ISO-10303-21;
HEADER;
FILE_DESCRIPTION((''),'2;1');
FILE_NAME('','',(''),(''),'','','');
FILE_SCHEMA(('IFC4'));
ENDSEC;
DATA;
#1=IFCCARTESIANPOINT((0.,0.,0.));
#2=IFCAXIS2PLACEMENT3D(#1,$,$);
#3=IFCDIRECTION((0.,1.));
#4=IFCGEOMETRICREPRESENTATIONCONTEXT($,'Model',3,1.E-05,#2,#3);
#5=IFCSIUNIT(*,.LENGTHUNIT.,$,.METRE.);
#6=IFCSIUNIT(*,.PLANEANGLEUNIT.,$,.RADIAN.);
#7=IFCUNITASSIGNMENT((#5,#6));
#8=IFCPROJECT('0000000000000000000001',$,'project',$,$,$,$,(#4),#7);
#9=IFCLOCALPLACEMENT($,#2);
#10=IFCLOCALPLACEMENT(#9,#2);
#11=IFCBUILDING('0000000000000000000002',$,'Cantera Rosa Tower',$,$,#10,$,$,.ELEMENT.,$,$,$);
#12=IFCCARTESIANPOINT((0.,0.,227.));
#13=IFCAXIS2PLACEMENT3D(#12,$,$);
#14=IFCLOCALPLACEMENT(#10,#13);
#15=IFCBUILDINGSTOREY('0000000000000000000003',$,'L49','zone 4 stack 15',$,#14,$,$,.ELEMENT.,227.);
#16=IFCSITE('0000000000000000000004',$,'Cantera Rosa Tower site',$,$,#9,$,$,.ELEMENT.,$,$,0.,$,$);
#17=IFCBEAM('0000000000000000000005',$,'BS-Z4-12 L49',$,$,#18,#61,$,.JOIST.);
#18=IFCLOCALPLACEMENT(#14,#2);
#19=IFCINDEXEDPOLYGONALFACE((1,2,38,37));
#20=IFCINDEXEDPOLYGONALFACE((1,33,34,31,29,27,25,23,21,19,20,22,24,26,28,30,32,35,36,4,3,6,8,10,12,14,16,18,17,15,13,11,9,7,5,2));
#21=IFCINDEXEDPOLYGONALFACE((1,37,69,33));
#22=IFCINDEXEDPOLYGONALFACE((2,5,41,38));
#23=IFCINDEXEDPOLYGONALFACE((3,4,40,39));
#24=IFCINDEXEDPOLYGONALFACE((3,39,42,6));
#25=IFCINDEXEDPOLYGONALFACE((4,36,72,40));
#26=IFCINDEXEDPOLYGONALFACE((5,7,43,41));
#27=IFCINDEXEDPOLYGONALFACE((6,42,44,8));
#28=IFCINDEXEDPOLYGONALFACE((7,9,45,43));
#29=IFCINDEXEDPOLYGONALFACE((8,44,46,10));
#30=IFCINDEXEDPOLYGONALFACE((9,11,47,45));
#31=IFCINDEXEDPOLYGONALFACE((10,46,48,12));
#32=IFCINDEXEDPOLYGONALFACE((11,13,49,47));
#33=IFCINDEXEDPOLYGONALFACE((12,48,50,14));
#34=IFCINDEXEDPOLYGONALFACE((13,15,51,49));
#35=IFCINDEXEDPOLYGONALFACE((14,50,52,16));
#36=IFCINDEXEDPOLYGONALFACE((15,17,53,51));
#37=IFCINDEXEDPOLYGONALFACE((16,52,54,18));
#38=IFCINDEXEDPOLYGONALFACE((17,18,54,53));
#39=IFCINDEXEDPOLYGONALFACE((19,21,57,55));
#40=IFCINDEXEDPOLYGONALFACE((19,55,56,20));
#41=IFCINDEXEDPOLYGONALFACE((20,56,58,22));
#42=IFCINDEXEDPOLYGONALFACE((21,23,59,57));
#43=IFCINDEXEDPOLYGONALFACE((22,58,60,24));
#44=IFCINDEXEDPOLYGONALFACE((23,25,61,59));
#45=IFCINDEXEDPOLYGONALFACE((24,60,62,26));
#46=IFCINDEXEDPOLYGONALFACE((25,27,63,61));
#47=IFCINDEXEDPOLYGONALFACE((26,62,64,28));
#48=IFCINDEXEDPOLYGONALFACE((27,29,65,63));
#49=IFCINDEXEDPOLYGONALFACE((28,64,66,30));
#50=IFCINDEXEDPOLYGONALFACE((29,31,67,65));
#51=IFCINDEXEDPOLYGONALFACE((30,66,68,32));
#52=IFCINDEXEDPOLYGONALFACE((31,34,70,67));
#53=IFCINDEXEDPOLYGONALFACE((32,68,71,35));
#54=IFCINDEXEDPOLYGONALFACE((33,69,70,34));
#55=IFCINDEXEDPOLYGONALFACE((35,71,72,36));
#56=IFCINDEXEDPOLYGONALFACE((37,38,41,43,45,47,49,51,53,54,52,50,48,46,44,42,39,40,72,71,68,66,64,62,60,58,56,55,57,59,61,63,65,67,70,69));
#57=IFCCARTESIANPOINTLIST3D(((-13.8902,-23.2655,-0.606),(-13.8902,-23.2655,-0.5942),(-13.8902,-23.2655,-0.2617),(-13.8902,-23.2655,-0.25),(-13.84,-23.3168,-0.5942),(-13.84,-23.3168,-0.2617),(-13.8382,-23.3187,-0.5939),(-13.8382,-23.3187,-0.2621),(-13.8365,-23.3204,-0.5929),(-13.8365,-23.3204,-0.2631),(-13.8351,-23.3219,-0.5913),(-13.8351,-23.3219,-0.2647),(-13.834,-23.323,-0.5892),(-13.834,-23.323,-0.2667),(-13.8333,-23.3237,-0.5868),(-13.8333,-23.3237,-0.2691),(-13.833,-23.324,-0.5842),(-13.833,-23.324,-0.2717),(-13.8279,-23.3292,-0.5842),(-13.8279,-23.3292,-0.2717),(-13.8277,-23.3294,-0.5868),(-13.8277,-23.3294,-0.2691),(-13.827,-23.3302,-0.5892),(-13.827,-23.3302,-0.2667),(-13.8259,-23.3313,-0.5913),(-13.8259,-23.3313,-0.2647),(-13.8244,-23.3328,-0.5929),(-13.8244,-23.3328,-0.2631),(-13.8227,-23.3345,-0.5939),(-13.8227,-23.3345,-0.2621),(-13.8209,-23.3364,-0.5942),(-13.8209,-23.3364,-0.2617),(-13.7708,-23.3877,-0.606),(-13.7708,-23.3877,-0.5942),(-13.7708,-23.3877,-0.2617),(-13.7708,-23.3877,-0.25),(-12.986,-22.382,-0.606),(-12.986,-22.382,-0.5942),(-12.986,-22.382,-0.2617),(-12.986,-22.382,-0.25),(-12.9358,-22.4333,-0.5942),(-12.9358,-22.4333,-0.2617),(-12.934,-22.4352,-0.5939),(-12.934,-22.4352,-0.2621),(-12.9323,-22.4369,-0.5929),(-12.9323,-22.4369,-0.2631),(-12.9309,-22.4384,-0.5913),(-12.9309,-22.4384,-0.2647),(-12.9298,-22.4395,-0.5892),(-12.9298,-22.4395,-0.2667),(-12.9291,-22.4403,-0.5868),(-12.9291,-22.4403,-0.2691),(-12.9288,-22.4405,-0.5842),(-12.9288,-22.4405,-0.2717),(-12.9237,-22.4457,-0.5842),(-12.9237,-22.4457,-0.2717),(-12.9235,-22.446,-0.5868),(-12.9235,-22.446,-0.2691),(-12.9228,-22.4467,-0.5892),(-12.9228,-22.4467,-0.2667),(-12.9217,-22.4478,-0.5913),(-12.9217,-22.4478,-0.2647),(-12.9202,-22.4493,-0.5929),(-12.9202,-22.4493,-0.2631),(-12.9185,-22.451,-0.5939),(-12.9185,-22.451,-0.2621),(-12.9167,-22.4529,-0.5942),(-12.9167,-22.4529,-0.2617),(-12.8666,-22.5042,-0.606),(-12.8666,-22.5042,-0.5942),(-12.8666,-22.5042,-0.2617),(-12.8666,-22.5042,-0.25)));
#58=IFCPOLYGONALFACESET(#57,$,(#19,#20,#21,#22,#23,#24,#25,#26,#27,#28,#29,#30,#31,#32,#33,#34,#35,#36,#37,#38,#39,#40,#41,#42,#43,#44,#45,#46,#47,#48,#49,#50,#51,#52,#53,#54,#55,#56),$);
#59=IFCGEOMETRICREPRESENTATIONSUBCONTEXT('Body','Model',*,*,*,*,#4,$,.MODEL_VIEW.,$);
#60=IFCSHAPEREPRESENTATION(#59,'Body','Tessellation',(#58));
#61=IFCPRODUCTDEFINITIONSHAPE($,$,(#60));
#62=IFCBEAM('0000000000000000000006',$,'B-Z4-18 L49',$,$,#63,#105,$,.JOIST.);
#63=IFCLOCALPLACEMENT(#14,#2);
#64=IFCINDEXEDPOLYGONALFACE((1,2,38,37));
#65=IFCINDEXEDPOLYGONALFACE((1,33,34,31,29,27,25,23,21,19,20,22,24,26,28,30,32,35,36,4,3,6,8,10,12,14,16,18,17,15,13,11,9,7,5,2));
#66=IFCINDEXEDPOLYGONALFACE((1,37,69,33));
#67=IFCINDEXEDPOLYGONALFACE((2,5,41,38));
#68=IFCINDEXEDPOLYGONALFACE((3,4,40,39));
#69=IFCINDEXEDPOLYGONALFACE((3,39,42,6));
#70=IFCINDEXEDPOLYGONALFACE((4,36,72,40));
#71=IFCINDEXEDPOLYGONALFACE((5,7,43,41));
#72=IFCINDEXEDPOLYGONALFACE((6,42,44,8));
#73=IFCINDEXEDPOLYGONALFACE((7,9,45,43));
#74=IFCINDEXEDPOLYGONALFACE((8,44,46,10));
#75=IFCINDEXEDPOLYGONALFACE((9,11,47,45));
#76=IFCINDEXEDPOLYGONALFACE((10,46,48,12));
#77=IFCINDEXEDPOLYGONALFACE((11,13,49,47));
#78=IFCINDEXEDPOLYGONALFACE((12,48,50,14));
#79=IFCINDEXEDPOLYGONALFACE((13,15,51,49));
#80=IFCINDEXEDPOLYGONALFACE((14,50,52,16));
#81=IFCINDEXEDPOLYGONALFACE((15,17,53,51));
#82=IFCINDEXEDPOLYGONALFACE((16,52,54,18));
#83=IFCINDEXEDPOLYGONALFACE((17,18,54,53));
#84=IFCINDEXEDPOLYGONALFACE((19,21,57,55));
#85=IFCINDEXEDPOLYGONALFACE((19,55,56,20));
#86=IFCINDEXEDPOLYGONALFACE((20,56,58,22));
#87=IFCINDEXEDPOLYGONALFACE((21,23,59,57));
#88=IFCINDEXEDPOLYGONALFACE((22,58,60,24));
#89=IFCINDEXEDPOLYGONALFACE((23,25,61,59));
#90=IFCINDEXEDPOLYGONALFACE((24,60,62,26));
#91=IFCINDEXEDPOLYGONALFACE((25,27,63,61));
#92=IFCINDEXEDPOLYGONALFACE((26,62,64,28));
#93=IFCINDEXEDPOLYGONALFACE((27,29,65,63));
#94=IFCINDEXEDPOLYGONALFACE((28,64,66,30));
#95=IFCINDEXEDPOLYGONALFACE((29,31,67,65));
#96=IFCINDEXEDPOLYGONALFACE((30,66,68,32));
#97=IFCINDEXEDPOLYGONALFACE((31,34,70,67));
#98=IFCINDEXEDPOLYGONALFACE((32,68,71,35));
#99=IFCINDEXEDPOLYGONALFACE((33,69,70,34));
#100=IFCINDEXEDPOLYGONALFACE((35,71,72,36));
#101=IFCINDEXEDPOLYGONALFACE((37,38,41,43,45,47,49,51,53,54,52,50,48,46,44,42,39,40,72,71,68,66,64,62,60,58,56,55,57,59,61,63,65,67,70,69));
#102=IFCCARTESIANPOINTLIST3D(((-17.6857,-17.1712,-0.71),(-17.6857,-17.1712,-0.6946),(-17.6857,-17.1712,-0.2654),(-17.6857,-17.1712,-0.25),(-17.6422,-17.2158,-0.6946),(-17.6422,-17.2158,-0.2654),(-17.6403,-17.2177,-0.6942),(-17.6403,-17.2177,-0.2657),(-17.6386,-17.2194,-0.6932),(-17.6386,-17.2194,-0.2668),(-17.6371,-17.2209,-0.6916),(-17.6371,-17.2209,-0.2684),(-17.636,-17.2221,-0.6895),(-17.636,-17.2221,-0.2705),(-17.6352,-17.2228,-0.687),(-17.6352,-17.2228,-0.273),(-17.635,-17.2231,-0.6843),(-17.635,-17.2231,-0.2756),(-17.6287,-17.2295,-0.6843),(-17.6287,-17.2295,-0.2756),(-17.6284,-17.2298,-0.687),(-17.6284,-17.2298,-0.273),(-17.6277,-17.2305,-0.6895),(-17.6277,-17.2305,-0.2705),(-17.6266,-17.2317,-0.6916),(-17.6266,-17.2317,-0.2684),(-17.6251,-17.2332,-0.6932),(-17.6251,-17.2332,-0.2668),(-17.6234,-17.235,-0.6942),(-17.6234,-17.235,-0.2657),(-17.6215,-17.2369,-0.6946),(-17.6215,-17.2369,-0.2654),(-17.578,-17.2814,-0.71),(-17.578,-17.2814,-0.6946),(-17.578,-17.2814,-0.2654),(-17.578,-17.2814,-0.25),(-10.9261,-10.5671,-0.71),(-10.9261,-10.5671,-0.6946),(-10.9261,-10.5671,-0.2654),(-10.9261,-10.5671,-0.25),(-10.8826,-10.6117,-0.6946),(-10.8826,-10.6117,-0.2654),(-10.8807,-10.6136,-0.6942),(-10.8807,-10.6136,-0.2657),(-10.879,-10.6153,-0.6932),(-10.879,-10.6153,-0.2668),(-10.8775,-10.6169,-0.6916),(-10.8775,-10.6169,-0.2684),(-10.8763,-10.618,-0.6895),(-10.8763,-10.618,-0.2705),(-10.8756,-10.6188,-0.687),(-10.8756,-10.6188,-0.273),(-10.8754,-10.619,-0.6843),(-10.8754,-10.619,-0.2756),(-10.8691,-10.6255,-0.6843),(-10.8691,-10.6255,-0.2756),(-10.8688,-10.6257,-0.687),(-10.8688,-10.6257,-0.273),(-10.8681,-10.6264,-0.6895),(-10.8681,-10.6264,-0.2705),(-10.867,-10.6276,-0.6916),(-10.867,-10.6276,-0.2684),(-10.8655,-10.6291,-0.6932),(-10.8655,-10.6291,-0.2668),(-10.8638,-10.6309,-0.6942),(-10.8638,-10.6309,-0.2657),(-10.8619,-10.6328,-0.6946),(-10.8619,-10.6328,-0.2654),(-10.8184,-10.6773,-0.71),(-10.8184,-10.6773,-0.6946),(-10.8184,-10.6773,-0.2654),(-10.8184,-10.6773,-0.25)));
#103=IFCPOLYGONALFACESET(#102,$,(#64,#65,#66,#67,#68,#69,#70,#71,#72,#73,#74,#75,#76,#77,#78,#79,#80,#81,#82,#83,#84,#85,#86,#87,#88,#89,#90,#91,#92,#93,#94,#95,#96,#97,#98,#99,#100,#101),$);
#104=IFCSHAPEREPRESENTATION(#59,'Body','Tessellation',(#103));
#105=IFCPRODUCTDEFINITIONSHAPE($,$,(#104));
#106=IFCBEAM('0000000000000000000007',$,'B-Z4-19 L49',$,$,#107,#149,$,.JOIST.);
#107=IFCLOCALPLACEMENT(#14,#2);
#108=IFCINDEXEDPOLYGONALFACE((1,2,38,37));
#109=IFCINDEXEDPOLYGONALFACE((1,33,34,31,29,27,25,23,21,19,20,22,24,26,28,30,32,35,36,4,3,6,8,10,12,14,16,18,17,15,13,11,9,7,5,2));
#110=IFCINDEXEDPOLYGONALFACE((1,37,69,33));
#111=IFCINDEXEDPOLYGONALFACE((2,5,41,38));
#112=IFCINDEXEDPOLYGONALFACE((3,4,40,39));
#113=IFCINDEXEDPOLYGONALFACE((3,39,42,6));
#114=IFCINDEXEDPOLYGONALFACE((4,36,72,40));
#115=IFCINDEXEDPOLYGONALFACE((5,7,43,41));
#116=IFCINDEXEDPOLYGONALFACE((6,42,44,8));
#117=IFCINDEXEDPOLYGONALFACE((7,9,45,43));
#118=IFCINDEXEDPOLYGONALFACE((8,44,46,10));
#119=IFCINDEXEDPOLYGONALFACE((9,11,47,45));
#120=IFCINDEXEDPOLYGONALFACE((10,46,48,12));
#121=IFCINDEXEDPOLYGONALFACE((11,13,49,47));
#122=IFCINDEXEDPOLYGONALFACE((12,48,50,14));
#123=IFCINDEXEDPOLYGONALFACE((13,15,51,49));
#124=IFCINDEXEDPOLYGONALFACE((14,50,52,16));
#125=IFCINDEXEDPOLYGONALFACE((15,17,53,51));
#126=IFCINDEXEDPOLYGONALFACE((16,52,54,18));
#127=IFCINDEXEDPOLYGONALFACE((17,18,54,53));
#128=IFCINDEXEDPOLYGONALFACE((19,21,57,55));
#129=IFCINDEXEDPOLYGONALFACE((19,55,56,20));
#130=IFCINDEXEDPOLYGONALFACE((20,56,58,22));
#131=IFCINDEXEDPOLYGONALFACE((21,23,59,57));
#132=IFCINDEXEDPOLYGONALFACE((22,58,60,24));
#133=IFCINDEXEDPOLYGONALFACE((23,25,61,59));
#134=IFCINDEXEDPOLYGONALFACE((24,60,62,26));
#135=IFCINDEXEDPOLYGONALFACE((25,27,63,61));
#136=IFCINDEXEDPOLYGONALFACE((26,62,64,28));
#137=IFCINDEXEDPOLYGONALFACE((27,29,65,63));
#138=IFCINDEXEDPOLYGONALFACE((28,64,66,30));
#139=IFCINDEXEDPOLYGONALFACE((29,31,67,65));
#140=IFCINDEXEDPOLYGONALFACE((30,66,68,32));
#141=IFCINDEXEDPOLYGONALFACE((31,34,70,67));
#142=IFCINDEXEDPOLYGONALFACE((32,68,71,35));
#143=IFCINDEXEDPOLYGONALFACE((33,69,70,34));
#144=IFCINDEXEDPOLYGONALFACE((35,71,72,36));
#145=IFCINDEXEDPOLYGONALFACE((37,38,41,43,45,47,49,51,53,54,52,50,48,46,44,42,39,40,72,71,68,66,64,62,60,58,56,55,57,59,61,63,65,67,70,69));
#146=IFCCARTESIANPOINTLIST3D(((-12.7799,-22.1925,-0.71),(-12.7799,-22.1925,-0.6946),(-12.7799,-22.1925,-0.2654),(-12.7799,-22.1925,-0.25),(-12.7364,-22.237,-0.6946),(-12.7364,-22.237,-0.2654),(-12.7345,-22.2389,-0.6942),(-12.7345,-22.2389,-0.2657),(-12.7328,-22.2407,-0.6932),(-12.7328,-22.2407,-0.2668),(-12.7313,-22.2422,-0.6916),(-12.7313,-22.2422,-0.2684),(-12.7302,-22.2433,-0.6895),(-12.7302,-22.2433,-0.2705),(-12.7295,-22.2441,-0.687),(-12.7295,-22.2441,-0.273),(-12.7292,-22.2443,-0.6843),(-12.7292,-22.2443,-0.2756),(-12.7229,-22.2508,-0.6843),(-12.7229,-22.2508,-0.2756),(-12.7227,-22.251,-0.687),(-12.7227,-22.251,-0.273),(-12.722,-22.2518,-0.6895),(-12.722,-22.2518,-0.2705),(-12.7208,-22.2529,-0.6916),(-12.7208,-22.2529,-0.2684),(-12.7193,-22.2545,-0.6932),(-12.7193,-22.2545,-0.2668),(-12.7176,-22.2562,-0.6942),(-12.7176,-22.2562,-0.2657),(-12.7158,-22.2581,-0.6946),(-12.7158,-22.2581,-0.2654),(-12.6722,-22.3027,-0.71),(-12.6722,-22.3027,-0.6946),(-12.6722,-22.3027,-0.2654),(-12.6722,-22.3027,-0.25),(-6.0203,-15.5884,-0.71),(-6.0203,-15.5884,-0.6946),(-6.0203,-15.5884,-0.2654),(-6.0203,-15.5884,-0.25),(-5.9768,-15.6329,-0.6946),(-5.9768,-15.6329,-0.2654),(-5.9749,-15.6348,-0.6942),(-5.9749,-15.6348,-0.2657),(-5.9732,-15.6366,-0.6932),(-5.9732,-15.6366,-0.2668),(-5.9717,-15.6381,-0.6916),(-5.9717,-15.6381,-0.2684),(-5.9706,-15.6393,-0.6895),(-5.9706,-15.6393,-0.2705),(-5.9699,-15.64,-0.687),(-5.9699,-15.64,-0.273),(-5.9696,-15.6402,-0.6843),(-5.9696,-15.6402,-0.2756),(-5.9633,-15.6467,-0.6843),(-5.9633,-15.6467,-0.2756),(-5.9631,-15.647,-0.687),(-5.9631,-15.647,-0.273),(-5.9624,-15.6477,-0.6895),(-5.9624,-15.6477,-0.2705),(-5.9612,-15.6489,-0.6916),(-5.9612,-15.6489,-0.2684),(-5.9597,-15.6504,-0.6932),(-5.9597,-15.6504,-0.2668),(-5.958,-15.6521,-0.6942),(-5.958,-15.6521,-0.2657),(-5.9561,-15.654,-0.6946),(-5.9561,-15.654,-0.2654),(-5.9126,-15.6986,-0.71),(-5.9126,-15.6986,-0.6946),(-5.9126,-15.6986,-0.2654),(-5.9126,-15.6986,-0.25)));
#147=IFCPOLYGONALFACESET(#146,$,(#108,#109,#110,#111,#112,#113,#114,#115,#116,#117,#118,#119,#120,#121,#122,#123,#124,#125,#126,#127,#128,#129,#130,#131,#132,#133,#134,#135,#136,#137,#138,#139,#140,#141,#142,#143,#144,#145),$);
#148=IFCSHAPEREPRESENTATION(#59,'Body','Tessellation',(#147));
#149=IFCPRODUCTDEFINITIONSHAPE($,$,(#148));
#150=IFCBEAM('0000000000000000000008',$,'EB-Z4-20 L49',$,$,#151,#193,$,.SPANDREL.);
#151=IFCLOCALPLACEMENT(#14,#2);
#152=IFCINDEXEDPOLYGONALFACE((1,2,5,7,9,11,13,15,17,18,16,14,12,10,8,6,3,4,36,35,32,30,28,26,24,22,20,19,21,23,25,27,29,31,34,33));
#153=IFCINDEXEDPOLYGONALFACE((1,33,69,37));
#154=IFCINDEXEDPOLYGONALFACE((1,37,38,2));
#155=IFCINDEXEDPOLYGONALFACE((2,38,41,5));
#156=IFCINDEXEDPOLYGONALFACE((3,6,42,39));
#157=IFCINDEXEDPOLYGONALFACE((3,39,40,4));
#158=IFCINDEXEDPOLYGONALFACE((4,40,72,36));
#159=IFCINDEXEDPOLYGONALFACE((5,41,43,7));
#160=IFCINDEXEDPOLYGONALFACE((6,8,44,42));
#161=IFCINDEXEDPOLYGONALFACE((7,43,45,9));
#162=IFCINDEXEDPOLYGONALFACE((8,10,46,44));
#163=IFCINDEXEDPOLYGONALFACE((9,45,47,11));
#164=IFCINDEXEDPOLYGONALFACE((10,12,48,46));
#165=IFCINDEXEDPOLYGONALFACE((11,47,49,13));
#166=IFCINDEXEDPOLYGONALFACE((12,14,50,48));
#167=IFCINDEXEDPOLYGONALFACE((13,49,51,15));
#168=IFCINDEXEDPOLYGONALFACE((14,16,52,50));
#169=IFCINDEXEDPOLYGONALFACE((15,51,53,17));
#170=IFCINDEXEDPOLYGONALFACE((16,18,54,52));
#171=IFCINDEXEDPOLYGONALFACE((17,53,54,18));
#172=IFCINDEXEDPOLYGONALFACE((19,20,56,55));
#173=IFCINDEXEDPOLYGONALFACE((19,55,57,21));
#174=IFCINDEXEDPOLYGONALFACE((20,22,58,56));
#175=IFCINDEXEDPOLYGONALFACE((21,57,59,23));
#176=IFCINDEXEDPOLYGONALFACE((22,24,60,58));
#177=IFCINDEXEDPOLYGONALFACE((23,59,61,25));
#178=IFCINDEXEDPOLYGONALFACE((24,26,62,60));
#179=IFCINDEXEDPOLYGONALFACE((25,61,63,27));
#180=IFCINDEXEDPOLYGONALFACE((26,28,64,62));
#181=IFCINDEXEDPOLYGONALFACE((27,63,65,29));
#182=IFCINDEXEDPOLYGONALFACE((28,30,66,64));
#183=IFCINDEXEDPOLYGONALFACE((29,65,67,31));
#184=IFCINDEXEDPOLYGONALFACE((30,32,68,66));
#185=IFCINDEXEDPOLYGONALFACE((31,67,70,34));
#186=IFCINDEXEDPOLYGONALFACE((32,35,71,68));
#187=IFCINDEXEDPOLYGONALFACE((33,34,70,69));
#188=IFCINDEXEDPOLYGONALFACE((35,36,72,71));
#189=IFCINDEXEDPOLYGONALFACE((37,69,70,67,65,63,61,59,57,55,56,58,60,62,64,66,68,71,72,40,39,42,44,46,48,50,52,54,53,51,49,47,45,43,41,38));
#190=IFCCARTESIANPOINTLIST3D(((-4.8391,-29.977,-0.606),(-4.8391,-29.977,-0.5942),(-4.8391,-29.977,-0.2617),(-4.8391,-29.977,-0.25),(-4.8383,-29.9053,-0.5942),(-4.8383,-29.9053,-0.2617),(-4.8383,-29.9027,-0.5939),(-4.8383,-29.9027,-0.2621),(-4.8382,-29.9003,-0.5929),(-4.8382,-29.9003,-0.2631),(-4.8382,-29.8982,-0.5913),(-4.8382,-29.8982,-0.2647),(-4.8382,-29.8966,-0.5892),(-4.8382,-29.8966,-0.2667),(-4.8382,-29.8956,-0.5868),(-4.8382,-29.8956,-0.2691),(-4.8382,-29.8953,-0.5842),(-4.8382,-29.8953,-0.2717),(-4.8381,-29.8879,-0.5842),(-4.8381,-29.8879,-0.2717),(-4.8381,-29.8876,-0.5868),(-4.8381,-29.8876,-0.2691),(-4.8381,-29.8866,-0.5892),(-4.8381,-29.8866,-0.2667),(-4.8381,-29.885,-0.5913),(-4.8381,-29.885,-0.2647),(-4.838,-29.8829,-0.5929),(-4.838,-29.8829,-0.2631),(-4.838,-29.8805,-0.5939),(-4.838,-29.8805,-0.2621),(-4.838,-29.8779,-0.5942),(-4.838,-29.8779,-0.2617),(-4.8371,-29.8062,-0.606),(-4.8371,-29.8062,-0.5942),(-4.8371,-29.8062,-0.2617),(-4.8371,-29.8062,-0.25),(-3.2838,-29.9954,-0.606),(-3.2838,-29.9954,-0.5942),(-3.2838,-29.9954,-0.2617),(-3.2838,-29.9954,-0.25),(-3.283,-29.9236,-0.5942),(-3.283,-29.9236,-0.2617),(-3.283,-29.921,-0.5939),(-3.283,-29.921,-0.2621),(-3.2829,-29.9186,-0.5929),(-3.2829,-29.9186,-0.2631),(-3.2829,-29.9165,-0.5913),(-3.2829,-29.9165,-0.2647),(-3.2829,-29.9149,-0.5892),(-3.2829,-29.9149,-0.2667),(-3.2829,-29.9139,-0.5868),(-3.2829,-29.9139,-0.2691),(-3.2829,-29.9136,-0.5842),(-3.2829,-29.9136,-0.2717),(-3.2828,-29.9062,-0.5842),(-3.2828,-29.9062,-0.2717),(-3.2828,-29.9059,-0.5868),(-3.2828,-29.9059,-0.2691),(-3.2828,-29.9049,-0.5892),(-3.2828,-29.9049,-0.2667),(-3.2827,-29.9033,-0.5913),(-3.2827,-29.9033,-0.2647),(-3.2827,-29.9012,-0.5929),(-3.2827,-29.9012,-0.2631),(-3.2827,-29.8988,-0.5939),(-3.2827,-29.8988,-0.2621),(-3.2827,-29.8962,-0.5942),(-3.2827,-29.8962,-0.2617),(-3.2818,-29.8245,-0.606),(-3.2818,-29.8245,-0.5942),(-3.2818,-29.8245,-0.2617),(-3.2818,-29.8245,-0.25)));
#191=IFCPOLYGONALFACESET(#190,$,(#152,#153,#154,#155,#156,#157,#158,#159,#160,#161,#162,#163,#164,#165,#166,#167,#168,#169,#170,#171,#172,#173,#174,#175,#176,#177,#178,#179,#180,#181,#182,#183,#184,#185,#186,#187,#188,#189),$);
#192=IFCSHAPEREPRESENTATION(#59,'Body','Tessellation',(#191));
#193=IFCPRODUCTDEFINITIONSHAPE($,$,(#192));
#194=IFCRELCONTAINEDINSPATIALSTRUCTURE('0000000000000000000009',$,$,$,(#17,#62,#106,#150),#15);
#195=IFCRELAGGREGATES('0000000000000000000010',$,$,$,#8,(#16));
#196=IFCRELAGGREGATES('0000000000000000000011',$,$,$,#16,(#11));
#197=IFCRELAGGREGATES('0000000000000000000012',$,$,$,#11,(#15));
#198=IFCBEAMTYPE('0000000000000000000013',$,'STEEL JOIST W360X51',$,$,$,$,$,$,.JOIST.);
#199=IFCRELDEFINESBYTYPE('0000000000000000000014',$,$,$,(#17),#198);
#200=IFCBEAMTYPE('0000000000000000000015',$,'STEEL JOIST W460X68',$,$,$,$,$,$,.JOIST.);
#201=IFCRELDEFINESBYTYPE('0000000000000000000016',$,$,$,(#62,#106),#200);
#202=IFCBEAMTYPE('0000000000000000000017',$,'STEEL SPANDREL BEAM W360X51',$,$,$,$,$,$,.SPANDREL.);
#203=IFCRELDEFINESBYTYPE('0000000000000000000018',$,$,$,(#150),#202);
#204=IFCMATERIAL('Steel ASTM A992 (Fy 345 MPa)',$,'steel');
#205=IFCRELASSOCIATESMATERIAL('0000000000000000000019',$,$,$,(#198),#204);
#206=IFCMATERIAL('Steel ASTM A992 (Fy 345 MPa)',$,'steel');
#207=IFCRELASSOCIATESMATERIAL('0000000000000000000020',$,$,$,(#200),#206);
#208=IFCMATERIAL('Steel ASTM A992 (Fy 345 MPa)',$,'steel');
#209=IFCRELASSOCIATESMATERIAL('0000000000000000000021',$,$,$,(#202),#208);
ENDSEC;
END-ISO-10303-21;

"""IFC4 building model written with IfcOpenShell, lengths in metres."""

from ifc_helpers import new_model, si_unit, direction, frame, origin, origin_2d, place, context, subcontext, project, spatial, i_section, extrude, material, material_profile, profile_set, type_object, element, save


model = new_model("IFC4")

# Units and contexts
model_context = context("Model", 3, precision=1e-05, world=origin(), true_north=direction((0.0, 1.0)))
body_context = subcontext(model_context, "Body", "Model", "MODEL_VIEW")
ifc_project = project(units=[si_unit("LENGTHUNIT", "METRE"), si_unit("PLANEANGLEUNIT", "RADIAN")], contexts=[model_context])

# Site, building, storey
site_placement = place(None, origin())
site = spatial("IfcSite", under=ifc_project, at=site_placement, Name="Cantera Rosa Tower site", CompositionType="ELEMENT", RefElevation=0.0)
building_placement = place(site_placement, origin())
building = spatial("IfcBuilding", under=site, at=building_placement, Name="Cantera Rosa Tower", CompositionType="ELEMENT")
storey_placement = place(building_placement, frame((0.0, 0.0, 227.0)))
storey = spatial("IfcBuildingStorey", under=building, at=storey_placement, Name="L49", Description="zone 4 stack 15", CompositionType="ELEMENT", Elevation=227.0)

# Beams
ifc_material_1 = material(Name="Steel ASTM A992 (Fy 345 MPa)", Category="steel")
ifc_material_profile_1 = material_profile(ifc_material_1, i_section(OverallWidth=0.1709, OverallDepth=0.356, WebThickness=0.0073, FlangeThickness=0.0117, FilletRadius=0.01, at=origin_2d()), Name="W360X51")
ifc_profile_set_1 = profile_set([ifc_material_profile_1], Name="Steel ASTM A992 (Fy 345 MPa)")
beam_type_1 = type_object("IfcBeamType", Name="STEEL JOIST W360X51", PredefinedType="JOIST", material=ifc_profile_set_1)
beam_1_placement = place(storey_placement, frame((-12.9263, -22.4431, -0.428), z_axis=(-0.715266, -0.698852, 0.0), x_axis=(0.698852, -0.715266, 0.0)))
element("IfcBeam", 1, at=beam_1_placement, inside=storey, type_object=beam_type_1, Name="BS-Z4-12 L49", PredefinedType="JOIST", context=body_context, shape_type="SweptSolid", body=[
    extrude(i_section(OverallWidth=0.1709, OverallDepth=0.356, WebThickness=0.0073, FlangeThickness=0.0117, FilletRadius=0.01, at=origin_2d()), origin(), (0.0, 0.0, 1.0), 1.2642),
])
ifc_material_2 = material(Name="Steel ASTM A992 (Fy 345 MPa)", Category="steel")
ifc_material_profile_2 = material_profile(ifc_material_2, i_section(OverallWidth=0.1541, OverallDepth=0.46, WebThickness=0.009, FlangeThickness=0.0154, FilletRadius=0.0103, at=origin_2d()), Name="W460X68")
ifc_profile_set_2 = profile_set([ifc_material_profile_2], Name="Steel ASTM A992 (Fy 345 MPa)")
beam_type_2 = type_object("IfcBeamType", Name="STEEL JOIST W460X68", PredefinedType="JOIST", material=ifc_profile_set_2)
for number, where, z_axis, x_axis, name in (
    (2, (-17.6318, -17.2263, -0.48), (0.715287, 0.698831, 0.0), (-0.698831, 0.715287, 0.0), "B-Z4-18 L49"),
    (3, (-12.7261, -22.2476, -0.48), (0.715287, 0.698831, 0.0), (-0.698831, 0.715287, 0.0), "B-Z4-19 L49"),
):
    element("IfcBeam", number, at=place(storey_placement, frame(where, z_axis=z_axis, x_axis=x_axis)), inside=storey, type_object=beam_type_2, Name=name, PredefinedType="JOIST", context=body_context, shape_type="SweptSolid", body=[
        extrude(i_section(OverallWidth=0.1541, OverallDepth=0.46, WebThickness=0.009, FlangeThickness=0.0154, FilletRadius=0.0103, at=origin_2d()), origin(), (0.0, 0.0, 1.0), 9.4502),
    ])
ifc_material_3 = material(Name="Steel ASTM A992 (Fy 345 MPa)", Category="steel")
ifc_material_profile_3 = material_profile(ifc_material_3, i_section(OverallWidth=0.1709, OverallDepth=0.356, WebThickness=0.0073, FlangeThickness=0.0117, FilletRadius=0.01, at=origin_2d()), Name="W360X51")
ifc_profile_set_3 = profile_set([ifc_material_profile_3], Name="Steel ASTM A992 (Fy 345 MPa)")
beam_type_3 = type_object("IfcBeamType", Name="STEEL SPANDREL BEAM W360X51", PredefinedType="SPANDREL", material=ifc_profile_set_3)
beam_2_placement = place(storey_placement, frame((-4.8381, -29.8916, -0.428), z_axis=(0.999931, -0.011771, 0.0), x_axis=(0.011771, 0.999931, 0.0)))
element("IfcBeam", 4, at=beam_2_placement, inside=storey, type_object=beam_type_3, Name="EB-Z4-20 L49", PredefinedType="SPANDREL", context=body_context, shape_type="SweptSolid", body=[
    extrude(i_section(OverallWidth=0.1709, OverallDepth=0.356, WebThickness=0.0073, FlangeThickness=0.0117, FilletRadius=0.01, at=origin_2d()), origin(), (0.0, 0.0, 1.0), 1.5554),
])

save(model, "model.ifc")
